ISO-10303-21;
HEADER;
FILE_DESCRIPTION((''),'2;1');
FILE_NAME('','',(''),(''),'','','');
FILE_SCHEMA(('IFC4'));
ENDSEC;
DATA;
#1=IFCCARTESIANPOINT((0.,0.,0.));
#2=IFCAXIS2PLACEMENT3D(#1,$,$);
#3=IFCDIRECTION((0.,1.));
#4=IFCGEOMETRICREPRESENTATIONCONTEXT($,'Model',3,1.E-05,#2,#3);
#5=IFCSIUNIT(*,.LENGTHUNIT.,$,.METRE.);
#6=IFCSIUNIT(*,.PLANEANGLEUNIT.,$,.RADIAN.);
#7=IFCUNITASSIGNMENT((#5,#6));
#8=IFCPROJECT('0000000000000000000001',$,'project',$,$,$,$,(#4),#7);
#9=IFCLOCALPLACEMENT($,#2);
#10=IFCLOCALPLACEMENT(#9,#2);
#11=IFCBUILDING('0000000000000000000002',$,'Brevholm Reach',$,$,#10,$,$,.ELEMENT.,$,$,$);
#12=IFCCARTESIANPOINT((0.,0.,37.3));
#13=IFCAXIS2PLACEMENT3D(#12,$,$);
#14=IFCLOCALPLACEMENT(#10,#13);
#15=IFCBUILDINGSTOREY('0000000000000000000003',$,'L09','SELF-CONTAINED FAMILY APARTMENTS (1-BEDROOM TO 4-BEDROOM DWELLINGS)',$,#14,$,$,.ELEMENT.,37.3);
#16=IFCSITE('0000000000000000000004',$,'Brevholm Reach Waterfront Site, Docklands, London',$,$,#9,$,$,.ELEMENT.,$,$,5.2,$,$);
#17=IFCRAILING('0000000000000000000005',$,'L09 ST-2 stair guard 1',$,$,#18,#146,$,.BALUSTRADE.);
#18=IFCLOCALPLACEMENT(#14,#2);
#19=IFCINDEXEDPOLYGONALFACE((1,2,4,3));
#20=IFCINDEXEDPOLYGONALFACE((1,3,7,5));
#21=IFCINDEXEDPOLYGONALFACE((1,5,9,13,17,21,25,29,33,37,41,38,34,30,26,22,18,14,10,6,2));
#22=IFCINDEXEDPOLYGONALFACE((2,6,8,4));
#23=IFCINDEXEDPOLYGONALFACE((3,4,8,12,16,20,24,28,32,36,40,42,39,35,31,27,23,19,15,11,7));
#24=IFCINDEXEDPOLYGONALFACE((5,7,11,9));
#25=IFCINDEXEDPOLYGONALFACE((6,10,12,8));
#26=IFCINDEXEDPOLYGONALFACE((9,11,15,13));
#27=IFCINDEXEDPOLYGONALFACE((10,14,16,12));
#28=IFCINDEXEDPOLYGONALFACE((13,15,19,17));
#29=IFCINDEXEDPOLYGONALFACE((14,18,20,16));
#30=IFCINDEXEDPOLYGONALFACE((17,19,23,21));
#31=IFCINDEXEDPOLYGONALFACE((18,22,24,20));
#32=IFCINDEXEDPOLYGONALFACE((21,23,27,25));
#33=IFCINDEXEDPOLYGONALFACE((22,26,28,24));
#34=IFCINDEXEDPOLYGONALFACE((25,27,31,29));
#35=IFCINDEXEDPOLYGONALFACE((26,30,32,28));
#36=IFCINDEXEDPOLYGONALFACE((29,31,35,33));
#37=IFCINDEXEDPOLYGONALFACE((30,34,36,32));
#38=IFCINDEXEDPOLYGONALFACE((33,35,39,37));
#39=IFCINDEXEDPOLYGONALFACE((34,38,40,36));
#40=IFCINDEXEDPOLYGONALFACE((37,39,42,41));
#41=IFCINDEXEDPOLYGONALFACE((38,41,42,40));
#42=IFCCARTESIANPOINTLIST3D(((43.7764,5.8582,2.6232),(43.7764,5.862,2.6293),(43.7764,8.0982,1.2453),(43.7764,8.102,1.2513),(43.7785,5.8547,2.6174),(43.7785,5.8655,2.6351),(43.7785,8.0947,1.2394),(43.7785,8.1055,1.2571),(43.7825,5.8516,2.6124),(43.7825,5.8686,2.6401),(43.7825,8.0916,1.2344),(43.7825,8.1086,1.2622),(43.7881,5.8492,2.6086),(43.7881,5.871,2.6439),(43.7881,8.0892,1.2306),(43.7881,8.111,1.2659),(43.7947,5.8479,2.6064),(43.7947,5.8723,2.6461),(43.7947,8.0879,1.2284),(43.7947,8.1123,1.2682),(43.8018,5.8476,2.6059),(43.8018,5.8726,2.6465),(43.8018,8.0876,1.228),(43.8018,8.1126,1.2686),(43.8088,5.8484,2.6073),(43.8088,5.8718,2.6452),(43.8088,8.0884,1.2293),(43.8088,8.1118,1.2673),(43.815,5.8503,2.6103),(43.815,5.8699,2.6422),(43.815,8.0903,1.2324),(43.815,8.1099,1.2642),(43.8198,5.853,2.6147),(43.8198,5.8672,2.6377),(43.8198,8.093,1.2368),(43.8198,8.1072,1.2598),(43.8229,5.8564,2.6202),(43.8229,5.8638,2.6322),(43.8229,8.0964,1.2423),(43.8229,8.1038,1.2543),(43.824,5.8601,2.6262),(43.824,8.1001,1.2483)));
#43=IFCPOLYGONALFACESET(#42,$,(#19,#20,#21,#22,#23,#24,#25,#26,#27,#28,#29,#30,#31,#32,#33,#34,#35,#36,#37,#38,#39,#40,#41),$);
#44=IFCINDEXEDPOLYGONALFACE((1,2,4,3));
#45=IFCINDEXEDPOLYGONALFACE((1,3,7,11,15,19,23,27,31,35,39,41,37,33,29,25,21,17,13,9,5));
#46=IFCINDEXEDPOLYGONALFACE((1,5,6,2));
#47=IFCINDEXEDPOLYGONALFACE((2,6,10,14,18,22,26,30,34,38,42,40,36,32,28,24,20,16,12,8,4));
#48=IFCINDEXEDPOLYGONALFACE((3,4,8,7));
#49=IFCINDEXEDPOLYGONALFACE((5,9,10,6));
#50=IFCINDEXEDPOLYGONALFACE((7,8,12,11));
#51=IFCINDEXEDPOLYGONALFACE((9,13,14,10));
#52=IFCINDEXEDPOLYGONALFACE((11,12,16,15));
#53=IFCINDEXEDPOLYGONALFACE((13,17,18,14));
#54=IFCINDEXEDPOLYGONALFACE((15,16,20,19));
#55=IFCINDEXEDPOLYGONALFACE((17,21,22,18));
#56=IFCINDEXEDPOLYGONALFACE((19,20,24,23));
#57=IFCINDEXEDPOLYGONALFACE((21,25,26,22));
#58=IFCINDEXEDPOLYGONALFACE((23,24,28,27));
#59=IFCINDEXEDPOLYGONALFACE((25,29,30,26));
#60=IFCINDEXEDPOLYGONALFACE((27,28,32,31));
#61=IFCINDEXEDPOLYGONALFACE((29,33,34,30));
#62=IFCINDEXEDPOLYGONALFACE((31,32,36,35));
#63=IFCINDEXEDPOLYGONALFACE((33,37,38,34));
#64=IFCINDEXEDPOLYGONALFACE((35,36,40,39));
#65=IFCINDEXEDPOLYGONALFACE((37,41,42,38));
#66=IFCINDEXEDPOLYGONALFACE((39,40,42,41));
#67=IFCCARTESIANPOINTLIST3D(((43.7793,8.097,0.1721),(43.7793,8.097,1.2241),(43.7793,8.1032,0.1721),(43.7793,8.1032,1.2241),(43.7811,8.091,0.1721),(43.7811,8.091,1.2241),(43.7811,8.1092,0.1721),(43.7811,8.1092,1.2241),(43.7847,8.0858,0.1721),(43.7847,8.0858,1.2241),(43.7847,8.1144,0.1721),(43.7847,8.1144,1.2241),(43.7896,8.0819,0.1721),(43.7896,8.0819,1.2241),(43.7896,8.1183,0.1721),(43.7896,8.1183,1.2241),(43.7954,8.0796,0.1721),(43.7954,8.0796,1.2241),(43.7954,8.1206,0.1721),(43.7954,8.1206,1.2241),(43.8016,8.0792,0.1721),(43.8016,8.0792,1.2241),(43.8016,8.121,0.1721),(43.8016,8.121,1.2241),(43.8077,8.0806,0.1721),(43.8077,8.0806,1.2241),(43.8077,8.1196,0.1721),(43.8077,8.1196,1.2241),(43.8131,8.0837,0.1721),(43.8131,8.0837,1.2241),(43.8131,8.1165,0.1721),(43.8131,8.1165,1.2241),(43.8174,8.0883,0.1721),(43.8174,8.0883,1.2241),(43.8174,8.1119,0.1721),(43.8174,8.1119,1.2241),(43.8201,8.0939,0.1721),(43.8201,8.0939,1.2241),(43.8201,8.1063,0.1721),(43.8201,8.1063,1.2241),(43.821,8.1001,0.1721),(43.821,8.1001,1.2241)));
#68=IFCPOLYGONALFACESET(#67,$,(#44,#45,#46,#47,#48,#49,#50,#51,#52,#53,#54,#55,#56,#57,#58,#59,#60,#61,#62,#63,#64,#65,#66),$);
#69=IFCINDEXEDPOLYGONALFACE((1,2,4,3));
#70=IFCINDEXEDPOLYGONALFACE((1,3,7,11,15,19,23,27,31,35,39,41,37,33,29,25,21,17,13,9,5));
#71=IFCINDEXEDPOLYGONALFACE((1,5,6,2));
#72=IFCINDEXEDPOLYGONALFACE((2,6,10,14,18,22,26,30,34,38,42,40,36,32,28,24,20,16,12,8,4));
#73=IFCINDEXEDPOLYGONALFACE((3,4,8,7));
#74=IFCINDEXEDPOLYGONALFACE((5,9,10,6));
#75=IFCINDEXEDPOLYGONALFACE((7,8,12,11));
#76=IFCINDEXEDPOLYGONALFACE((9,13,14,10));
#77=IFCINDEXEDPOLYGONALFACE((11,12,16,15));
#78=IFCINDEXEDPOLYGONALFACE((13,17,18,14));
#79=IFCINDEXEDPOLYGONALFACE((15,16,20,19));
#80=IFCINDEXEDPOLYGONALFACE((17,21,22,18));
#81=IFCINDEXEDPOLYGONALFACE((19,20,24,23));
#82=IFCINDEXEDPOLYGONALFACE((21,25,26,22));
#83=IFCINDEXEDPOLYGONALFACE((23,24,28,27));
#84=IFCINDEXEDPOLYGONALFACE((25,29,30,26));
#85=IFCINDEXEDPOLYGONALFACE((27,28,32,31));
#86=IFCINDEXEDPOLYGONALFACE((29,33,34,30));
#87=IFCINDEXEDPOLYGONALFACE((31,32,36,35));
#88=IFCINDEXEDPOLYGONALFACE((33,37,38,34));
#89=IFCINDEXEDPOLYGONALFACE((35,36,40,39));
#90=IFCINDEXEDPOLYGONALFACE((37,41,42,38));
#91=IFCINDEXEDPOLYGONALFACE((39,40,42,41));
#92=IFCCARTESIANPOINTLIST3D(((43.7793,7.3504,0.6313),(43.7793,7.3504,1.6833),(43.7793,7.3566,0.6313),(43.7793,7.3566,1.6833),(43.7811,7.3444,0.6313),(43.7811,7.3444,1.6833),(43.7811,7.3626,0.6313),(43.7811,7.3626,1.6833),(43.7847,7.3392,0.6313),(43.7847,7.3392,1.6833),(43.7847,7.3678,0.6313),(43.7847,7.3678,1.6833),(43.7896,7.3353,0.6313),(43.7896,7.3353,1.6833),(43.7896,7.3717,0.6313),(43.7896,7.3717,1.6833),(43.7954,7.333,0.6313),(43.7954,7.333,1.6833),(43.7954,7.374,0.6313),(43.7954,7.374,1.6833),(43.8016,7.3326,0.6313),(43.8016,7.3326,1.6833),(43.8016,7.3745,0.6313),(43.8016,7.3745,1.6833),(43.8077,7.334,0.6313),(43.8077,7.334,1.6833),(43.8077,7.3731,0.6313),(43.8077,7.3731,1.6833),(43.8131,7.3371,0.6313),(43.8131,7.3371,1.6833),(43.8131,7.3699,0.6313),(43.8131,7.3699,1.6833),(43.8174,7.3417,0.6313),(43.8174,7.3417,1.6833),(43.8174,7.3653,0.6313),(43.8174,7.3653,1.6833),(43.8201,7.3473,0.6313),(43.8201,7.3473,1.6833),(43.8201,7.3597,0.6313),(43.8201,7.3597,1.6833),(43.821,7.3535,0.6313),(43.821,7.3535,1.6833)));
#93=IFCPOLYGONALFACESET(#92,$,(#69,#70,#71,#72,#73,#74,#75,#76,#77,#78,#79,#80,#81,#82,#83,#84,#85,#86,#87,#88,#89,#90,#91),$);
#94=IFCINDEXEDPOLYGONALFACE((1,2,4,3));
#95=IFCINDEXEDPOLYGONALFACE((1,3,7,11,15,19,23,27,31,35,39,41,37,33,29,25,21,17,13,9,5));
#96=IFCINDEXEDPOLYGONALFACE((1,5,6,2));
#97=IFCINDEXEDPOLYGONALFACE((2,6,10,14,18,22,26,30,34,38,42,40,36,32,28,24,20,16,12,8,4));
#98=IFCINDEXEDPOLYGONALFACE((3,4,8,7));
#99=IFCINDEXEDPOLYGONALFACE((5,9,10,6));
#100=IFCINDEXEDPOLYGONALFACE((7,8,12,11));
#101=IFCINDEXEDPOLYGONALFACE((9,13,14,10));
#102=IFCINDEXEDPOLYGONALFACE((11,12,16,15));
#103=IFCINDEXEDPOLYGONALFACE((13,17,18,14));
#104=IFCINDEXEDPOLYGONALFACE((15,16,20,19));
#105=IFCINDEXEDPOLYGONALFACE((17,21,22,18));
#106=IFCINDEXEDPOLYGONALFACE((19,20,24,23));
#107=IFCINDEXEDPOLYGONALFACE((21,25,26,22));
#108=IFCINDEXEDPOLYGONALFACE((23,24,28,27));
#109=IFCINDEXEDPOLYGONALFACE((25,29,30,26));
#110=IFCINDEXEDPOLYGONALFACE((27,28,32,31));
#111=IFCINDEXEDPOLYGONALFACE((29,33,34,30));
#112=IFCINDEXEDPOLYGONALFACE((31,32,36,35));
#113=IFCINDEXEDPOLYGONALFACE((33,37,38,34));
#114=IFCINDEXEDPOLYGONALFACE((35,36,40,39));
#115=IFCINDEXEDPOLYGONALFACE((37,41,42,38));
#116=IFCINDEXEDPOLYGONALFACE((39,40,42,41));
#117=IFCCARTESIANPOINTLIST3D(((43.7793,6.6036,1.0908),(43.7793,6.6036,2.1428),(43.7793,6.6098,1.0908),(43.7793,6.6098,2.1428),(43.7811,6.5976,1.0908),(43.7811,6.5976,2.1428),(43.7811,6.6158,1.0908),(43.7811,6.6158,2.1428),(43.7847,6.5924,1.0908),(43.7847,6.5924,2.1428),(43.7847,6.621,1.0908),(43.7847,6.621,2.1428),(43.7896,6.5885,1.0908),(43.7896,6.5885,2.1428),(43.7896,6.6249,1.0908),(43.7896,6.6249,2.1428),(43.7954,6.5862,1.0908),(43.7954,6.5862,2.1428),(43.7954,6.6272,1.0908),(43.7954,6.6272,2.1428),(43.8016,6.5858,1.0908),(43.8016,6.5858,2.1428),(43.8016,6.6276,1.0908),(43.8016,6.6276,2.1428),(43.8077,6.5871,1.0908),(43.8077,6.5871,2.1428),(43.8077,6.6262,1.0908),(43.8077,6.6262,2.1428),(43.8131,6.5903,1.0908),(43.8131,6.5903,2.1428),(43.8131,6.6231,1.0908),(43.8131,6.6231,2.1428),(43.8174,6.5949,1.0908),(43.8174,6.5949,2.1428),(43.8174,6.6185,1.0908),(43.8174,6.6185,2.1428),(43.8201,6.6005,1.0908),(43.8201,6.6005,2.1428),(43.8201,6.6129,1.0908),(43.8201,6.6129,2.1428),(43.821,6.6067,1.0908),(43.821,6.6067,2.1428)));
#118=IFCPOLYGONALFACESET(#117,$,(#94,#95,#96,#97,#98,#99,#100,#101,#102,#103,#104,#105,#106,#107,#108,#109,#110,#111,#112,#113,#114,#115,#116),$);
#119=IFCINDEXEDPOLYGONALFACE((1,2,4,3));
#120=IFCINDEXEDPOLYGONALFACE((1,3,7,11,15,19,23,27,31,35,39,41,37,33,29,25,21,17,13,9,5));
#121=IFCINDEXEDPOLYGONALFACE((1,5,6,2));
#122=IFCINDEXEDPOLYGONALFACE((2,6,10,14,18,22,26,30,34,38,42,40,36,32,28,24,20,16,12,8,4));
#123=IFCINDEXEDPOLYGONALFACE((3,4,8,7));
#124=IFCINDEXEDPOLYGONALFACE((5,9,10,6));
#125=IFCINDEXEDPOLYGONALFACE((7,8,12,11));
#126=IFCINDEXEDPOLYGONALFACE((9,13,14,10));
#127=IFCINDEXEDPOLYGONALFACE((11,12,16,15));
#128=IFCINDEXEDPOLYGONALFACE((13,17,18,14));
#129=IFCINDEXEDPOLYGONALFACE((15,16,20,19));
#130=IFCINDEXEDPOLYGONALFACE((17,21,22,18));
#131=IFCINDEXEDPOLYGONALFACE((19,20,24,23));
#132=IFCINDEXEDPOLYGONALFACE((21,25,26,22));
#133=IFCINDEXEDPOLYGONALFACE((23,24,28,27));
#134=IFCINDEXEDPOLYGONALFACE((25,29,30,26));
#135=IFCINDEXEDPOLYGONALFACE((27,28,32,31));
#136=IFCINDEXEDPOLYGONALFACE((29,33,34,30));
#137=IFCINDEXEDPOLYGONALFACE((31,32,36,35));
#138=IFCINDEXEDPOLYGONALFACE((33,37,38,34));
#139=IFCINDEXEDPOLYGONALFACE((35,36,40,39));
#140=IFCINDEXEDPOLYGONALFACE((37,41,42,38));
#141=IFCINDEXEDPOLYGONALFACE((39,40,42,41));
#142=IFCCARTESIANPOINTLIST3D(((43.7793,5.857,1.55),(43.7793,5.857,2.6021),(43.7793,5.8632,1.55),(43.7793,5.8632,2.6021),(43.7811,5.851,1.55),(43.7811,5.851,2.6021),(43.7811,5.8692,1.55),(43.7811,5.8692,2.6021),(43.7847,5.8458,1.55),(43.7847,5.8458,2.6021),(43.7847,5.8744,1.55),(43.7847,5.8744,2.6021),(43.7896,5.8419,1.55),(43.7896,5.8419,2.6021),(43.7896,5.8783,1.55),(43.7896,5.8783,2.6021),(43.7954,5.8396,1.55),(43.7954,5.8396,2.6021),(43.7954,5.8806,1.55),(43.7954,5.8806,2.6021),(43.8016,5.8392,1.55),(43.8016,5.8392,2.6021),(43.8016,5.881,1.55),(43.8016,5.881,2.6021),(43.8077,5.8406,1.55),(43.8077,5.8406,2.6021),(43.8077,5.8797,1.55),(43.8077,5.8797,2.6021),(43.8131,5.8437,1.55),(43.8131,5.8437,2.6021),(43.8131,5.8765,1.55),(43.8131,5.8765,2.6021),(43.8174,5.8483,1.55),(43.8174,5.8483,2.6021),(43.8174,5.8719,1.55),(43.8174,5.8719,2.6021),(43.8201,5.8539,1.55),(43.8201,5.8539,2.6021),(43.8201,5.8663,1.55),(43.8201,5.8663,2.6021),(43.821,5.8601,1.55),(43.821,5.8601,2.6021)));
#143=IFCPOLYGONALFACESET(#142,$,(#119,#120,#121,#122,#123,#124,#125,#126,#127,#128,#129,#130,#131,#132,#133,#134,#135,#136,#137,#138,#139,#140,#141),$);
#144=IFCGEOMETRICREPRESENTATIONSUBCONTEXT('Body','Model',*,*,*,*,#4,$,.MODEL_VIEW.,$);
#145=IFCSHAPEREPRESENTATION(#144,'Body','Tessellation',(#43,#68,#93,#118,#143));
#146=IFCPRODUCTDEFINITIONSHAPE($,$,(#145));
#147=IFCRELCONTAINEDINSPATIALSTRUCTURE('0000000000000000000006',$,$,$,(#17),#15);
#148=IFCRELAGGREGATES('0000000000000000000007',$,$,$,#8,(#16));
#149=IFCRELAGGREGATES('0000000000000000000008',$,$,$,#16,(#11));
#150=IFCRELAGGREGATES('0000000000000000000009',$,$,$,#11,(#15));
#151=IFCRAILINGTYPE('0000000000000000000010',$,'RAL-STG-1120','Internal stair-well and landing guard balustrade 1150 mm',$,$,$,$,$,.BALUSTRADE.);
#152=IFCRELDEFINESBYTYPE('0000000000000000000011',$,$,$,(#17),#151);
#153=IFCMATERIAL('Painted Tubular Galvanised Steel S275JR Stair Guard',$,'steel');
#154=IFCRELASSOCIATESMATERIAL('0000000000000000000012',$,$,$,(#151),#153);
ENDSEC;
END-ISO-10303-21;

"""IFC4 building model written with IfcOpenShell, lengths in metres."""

from ifc_helpers import new_model, si_unit, direction, frame, origin, origin_2d, place, context, subcontext, project, spatial, circle, extrude, material, type_object, element, save


model = new_model("IFC4")

# Units and contexts
model_context = context("Model", 3, precision=1e-05, world=origin(), true_north=direction((0.0, 1.0)))
body_context = subcontext(model_context, "Body", "Model", "MODEL_VIEW")
ifc_project = project(units=[si_unit("LENGTHUNIT", "METRE"), si_unit("PLANEANGLEUNIT", "RADIAN")], contexts=[model_context])

# Site, building, storey
site_placement = place(None, origin())
site = spatial("IfcSite", under=ifc_project, at=site_placement, Name="Brevholm Reach Waterfront Site, Docklands, London", CompositionType="ELEMENT", RefElevation=5.2)
building_placement = place(site_placement, origin())
building = spatial("IfcBuilding", under=site, at=building_placement, Name="Brevholm Reach", CompositionType="ELEMENT")
storey_placement = place(building_placement, frame((0.0, 0.0, 37.3)))
storey = spatial("IfcBuildingStorey", under=building, at=storey_placement, Name="L09", Description="SELF-CONTAINED FAMILY APARTMENTS (1-BEDROOM TO 4-BEDROOM DWELLINGS)", CompositionType="ELEMENT", Elevation=37.3)

# Railing
ifc_material_1 = material(Name="Painted Tubular Galvanised Steel S275JR Stair Guard", Category="steel")
railing_type_1 = type_object("IfcRailingType", Name="RAL-STG-1120", Description="Internal stair-well and landing guard balustrade 1150 mm", PredefinedType="BALUSTRADE", material=ifc_material_1)
railing_1_placement = place(storey_placement, frame((43.8, 8.1001, 0.1721)))
element("IfcRailing", 1, at=railing_1_placement, inside=storey, type_object=railing_type_1, Name="L09 ST-2 stair guard 1", PredefinedType="BALUSTRADE", context=body_context, shape_type="SweptSolid", body=[
    extrude(circle(Radius=0.0239, at=origin_2d()), frame((0.0, 0.0, 1.0762), z_axis=(0.0, -0.851748, 0.523952), x_axis=(1.0, 0.0, 0.0)), (0.0, 0.0, 1.0), 2.6299),
    extrude(circle(Radius=0.021, at=origin_2d()), origin(), (0.0, 0.0, 1.0), 1.052),
    extrude(circle(Radius=0.021, at=origin_2d()), frame((0.0, -0.7466, 0.4592)), (0.0, 0.0, 1.0), 1.052),
    extrude(circle(Radius=0.021, at=origin_2d()), frame((0.0, -1.4934, 0.9187)), (0.0, 0.0, 1.0), 1.052),
    extrude(circle(Radius=0.021, at=origin_2d()), frame((0.0, -2.24, 1.3779)), (0.0, 0.0, 1.0), 1.052),
])

save(model, "model.ifc")
